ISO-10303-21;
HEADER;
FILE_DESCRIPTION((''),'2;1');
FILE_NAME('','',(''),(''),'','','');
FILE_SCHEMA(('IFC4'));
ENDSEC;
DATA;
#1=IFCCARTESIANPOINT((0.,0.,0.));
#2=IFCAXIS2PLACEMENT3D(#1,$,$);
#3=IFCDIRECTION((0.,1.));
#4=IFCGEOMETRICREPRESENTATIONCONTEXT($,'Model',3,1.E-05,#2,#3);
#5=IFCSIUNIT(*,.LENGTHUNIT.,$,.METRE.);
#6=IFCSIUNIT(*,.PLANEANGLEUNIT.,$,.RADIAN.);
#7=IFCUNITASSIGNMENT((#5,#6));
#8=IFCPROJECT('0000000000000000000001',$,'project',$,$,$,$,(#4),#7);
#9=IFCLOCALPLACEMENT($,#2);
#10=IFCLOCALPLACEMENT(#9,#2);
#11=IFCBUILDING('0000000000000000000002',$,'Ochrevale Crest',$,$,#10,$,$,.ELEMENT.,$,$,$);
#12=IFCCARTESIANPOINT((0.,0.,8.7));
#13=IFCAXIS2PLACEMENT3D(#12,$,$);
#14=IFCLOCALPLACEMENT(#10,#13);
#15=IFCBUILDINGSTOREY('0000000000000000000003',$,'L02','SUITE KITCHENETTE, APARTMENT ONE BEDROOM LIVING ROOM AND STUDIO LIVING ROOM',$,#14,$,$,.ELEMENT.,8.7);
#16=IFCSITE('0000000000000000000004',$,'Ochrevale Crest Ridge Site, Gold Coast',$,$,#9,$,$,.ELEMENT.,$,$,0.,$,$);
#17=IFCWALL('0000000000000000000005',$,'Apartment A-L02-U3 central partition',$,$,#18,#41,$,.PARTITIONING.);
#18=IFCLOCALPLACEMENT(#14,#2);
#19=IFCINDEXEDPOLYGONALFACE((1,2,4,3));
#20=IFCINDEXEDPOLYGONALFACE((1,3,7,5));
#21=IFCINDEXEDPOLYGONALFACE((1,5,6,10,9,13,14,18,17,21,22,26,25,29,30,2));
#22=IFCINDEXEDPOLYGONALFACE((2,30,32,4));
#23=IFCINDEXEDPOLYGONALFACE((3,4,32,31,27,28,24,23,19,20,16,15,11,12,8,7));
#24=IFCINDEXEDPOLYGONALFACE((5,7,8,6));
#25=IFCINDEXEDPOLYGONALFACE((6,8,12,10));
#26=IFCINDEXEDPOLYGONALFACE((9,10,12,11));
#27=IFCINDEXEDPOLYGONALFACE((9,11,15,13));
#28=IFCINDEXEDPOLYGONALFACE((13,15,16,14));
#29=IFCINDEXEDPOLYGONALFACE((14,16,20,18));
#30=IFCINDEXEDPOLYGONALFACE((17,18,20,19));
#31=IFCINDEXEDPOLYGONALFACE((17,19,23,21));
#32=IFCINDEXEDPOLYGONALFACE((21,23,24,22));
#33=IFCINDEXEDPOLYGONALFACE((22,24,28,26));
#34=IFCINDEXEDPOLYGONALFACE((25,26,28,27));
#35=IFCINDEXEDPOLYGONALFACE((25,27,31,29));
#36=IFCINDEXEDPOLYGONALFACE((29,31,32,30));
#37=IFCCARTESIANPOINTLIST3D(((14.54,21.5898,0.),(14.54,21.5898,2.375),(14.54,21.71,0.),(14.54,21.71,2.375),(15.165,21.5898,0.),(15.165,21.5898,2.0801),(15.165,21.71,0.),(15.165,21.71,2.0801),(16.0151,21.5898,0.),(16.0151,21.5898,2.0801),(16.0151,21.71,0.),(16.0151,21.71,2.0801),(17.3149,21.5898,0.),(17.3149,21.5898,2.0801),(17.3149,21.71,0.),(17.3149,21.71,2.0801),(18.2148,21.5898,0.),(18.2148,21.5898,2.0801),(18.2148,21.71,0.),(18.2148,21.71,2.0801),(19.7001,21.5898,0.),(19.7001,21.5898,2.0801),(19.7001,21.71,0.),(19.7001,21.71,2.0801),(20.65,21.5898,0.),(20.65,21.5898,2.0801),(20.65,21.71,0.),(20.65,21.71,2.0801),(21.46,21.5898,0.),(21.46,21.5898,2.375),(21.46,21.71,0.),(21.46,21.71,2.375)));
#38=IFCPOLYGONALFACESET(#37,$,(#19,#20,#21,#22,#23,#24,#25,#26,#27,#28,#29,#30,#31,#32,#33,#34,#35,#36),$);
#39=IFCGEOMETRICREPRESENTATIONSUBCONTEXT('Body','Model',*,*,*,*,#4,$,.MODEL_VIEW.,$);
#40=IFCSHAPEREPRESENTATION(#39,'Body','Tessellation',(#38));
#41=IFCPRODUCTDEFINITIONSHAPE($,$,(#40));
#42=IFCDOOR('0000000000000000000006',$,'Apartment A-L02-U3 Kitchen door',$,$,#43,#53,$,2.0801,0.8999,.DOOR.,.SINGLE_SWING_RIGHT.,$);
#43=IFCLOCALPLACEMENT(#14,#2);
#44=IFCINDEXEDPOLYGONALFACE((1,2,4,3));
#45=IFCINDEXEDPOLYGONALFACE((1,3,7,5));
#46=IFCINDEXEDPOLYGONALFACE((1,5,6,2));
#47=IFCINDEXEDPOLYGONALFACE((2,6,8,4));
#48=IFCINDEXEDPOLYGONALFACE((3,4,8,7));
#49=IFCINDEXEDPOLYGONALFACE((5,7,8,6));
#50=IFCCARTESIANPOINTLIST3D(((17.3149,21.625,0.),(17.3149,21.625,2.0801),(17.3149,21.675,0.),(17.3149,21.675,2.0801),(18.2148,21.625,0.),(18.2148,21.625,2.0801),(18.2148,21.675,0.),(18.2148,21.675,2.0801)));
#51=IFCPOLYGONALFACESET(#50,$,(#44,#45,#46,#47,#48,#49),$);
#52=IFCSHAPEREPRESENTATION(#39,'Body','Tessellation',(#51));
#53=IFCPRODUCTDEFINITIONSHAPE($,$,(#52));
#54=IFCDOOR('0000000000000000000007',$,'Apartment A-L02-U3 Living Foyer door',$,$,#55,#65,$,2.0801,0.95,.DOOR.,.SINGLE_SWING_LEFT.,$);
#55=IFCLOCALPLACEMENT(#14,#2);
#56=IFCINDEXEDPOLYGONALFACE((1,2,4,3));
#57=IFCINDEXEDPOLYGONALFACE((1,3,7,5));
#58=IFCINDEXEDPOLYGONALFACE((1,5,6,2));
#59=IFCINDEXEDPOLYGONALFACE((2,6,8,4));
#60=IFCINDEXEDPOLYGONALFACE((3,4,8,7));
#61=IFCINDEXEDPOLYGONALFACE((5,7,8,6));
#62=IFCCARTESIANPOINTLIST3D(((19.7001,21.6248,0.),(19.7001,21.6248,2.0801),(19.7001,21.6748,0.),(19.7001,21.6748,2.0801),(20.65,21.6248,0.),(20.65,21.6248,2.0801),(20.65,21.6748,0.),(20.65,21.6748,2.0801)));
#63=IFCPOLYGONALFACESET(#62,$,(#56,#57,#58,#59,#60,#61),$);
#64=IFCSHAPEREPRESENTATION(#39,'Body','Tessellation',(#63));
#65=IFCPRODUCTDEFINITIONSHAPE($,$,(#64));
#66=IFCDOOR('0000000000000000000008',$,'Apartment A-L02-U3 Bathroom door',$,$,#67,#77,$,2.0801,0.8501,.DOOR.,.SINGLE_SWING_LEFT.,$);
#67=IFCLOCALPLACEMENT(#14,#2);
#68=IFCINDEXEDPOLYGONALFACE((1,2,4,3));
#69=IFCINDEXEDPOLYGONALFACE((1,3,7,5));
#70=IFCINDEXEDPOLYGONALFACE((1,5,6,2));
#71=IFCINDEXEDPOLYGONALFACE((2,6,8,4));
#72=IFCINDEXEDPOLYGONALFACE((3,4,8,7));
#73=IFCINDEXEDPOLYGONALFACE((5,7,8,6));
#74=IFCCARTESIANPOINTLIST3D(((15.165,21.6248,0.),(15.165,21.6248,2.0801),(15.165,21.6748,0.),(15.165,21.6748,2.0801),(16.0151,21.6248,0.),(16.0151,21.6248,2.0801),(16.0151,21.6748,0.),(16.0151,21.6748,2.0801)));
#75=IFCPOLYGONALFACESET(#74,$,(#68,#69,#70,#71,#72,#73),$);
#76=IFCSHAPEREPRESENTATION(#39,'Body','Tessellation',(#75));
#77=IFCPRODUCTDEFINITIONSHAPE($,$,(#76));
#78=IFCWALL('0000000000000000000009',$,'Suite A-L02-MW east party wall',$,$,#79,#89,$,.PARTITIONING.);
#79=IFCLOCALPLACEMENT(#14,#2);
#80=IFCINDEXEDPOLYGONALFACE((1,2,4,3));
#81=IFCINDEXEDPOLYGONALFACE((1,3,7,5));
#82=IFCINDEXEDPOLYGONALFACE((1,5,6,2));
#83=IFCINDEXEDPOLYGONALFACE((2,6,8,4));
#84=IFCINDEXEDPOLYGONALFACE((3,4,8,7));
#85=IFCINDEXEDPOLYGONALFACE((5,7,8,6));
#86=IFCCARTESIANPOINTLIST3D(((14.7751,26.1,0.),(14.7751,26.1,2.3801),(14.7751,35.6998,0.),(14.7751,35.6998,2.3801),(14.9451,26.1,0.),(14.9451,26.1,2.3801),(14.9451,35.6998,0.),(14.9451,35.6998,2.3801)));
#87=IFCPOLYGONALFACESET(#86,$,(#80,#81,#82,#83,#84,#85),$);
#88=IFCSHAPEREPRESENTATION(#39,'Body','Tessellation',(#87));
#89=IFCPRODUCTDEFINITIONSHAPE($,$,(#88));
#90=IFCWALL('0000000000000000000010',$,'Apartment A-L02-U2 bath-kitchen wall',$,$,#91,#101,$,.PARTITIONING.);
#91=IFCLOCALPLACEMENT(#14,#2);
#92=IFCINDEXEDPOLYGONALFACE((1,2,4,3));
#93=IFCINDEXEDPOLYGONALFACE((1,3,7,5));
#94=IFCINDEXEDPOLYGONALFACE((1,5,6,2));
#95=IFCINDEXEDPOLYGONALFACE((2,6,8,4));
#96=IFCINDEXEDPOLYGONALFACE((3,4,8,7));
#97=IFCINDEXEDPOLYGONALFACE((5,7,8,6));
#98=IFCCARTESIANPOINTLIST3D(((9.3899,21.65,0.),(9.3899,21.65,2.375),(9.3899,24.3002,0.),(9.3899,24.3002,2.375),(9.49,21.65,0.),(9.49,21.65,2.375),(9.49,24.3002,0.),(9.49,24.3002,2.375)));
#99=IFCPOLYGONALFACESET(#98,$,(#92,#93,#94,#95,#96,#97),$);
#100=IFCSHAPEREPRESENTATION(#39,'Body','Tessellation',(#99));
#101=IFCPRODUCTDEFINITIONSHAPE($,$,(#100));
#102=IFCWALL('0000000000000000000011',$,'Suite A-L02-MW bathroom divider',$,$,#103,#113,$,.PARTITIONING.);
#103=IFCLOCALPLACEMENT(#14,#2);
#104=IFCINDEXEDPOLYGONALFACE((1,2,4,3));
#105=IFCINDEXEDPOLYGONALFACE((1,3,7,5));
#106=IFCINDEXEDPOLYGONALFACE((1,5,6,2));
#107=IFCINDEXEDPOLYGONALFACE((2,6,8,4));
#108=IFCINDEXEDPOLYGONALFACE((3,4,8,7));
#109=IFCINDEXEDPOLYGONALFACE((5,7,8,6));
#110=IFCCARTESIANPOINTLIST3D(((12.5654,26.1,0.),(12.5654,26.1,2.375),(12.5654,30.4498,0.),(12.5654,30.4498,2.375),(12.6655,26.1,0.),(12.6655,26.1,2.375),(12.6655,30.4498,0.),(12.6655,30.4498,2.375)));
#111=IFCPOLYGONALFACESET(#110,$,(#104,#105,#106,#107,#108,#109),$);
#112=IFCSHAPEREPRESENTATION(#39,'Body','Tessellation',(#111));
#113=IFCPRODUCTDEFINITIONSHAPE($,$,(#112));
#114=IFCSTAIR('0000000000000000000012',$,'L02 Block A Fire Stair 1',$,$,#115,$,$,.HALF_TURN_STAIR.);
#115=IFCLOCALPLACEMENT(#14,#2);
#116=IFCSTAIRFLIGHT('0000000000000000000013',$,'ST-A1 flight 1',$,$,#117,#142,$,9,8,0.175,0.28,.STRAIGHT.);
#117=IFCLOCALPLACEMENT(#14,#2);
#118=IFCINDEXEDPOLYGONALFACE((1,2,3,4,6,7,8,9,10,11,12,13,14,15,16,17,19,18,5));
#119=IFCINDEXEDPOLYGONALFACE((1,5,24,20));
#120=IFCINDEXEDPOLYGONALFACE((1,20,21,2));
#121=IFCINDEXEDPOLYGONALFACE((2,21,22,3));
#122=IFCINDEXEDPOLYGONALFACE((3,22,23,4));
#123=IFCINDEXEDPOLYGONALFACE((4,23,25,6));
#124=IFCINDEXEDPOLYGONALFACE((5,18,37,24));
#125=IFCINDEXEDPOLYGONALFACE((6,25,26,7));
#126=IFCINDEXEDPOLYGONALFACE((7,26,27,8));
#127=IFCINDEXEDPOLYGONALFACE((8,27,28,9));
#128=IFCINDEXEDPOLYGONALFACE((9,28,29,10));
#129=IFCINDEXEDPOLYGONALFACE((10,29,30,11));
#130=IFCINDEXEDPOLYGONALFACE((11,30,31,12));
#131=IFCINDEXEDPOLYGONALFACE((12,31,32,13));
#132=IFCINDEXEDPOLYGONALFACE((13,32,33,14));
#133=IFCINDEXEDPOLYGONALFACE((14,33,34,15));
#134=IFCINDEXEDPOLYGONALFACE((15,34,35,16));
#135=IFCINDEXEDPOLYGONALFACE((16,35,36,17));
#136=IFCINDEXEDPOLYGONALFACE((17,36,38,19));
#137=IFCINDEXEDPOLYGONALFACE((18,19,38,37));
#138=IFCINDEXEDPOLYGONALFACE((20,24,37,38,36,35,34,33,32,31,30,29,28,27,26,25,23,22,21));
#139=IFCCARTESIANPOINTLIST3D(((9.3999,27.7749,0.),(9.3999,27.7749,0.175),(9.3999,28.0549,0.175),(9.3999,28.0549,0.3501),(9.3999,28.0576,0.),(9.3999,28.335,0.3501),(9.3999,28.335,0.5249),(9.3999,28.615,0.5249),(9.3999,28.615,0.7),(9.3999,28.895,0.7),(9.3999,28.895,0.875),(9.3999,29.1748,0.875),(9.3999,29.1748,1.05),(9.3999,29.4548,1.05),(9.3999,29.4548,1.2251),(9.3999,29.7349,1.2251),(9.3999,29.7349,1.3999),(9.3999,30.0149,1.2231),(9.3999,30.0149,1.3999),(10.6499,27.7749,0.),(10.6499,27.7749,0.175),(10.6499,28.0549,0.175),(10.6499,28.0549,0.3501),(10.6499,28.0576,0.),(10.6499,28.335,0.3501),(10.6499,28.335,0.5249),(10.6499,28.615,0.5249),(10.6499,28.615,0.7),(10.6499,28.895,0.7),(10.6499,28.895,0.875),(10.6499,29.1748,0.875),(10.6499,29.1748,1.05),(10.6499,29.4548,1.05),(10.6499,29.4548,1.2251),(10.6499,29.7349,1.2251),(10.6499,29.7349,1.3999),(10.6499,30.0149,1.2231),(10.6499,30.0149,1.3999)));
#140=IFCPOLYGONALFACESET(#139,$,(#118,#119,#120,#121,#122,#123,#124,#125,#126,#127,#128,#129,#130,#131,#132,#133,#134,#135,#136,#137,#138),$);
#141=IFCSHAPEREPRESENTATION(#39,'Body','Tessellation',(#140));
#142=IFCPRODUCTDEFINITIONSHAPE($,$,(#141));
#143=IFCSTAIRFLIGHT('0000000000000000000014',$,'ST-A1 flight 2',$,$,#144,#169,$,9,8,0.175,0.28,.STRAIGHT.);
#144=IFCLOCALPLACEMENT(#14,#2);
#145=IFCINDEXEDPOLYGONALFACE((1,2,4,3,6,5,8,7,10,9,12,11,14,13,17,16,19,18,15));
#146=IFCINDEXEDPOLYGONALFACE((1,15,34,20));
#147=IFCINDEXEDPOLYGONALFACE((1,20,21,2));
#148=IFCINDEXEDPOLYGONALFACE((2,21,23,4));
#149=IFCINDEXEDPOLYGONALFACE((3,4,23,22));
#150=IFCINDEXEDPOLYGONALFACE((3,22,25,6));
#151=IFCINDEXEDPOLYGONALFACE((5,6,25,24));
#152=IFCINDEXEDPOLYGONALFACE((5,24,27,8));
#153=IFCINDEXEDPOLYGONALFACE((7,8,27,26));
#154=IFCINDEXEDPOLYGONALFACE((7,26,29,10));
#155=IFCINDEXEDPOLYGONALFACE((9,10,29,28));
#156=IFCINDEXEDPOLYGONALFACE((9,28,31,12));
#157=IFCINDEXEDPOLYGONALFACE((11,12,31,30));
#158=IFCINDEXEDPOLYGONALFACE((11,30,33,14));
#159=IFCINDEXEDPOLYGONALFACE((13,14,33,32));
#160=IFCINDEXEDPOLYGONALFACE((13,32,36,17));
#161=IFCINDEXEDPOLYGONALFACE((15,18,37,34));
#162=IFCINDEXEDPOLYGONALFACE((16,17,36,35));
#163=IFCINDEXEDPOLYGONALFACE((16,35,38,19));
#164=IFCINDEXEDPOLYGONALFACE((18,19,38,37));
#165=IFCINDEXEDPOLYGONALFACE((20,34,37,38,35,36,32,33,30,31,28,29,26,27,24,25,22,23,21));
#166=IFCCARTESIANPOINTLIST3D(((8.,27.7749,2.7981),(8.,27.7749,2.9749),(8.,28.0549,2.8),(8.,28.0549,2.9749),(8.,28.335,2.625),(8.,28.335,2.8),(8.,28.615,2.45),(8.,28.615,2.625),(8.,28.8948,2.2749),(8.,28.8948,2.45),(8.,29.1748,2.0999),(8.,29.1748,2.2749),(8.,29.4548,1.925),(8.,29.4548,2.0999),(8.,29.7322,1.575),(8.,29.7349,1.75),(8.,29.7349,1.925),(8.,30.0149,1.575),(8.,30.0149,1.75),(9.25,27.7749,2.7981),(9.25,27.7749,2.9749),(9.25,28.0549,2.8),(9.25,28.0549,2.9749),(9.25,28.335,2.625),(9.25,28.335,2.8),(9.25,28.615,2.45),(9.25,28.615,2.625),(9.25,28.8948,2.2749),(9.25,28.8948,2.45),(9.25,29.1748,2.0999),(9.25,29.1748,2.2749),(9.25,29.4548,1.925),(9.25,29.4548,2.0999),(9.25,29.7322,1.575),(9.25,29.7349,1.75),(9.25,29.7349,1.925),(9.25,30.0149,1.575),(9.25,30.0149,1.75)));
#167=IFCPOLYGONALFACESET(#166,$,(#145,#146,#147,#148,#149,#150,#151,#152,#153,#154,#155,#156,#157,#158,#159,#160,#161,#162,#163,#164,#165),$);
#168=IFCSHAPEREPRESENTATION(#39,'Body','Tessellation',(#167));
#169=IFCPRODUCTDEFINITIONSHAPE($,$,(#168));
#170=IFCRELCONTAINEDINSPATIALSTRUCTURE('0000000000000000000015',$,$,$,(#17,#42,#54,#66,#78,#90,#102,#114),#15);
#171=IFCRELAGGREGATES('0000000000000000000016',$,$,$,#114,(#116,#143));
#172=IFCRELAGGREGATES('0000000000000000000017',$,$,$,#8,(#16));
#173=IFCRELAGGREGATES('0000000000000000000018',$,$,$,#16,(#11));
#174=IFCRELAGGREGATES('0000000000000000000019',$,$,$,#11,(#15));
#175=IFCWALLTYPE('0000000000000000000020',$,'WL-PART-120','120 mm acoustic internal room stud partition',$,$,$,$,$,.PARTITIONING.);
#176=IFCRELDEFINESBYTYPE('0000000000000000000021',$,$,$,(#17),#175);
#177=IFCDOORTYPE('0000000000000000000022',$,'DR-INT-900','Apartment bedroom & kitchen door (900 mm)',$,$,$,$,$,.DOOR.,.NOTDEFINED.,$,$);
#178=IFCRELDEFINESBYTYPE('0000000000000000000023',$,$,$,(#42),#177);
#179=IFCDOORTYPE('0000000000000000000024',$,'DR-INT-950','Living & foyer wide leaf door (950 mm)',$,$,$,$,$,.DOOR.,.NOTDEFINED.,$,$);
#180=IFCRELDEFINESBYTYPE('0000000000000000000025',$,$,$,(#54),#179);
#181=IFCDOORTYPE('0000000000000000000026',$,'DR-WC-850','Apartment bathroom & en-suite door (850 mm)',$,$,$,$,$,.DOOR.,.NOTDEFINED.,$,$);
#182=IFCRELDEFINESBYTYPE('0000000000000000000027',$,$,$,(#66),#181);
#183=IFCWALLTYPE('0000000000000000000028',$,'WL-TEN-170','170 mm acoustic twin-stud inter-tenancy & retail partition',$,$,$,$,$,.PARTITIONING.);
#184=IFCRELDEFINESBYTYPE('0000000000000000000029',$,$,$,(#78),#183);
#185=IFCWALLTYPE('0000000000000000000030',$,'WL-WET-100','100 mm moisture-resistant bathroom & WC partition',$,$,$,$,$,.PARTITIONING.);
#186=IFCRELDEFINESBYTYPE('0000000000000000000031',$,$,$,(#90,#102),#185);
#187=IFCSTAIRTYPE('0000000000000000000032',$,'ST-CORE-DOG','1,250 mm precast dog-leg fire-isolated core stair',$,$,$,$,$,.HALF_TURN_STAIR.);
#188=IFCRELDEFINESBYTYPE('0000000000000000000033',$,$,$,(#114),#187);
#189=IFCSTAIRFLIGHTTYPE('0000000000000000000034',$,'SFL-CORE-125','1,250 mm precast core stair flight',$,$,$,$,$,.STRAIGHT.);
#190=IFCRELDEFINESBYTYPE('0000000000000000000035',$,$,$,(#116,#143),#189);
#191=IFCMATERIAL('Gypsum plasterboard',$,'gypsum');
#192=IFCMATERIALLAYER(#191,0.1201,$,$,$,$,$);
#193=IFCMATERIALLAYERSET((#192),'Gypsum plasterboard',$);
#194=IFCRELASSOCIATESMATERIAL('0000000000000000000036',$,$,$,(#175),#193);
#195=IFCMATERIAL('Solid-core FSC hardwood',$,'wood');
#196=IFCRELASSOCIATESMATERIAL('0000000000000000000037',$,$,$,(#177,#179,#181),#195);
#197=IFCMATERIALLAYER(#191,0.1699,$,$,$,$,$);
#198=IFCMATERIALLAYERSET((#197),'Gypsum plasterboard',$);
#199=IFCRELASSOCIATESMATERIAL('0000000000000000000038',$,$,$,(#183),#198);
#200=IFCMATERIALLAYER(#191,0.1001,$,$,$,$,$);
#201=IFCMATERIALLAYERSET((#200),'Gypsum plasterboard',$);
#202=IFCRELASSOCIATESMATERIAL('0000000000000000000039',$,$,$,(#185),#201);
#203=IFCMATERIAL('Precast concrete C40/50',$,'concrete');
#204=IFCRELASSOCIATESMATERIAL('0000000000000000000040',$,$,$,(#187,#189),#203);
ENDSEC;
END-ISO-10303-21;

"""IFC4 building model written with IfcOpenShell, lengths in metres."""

from ifc_helpers import new_model, si_unit, direction, frame, frame_2d, origin, place, context, subcontext, project, spatial, polyline, rectangle, outline, extrude, material, layer, layer_set, type_object, element, fill, aggregate, save


model = new_model("IFC4")

# Units and contexts
model_context = context("Model", 3, precision=1e-05, world=origin(), true_north=direction((0.0, 1.0)))
body_context = subcontext(model_context, "Body", "Model", "MODEL_VIEW")
ifc_project = project(units=[si_unit("LENGTHUNIT", "METRE"), si_unit("PLANEANGLEUNIT", "RADIAN")], contexts=[model_context])

# Site, building, storey
site_placement = place(None, origin())
site = spatial("IfcSite", under=ifc_project, at=site_placement, Name="Ochrevale Crest Ridge Site, Gold Coast", CompositionType="ELEMENT", RefElevation=0.0)
building_placement = place(site_placement, origin())
building = spatial("IfcBuilding", under=site, at=building_placement, Name="Ochrevale Crest", CompositionType="ELEMENT")
storey_placement = place(building_placement, frame((0.0, 0.0, 8.7)))
storey = spatial("IfcBuildingStorey", under=building, at=storey_placement, Name="L02", Description="SUITE KITCHENETTE, APARTMENT ONE BEDROOM LIVING ROOM AND STUDIO LIVING ROOM", CompositionType="ELEMENT", Elevation=8.7)

# Shared definitions
ifc_material_1 = material(Name="Gypsum plasterboard", Category="gypsum")
ifc_material_2 = material(Name="Solid-core FSC hardwood", Category="wood")

# Shared definitions
ifc_layer_1 = layer(ifc_material_1, 0.1201)
ifc_layer_set_1 = layer_set([ifc_layer_1], Name="Gypsum plasterboard")
wall_type_1 = type_object("IfcWallType", Name="WL-PART-120", Description="120 mm acoustic internal room stud partition", PredefinedType="PARTITIONING", material=ifc_layer_set_1)

# Wall, openings, doors
wall_1_placement = place(storey_placement, frame((14.54, 21.6499, 0.0), z_axis=(0.0, 0.0, 1.0), x_axis=(1.0, 0.0, 0.0)))
wall_1 = element("IfcWall", 1, at=wall_1_placement, inside=storey, type_object=wall_type_1, Name="Apartment A-L02-U3 central partition", PredefinedType="PARTITIONING", context=body_context, shape_type="SweptSolid", body=[
    extrude(rectangle(XDim=6.9199, YDim=0.1201, at=frame_2d((3.46, 0.0))), origin(), (0.0, 0.0, 1.0), 2.375),
])
opening_1_placement = place(wall_1_placement, frame((0.625, 0.0, 0.0)))
opening_1 = element("IfcOpeningElement", 2, at=opening_1_placement, cuts=wall_1, PredefinedType="OPENING", context=body_context, shape_type="SweptSolid", body=[
    extrude(rectangle(XDim=0.8501, YDim=2.0801, at=frame_2d((0.425, 1.04))), frame((0.0, 0.0701, 0.0), z_axis=(0.0, -1.0, 0.0), x_axis=(1.0, 0.0, 0.0)), (0.0, 0.0, 1.0), 0.1401),
])
opening_2_placement = place(wall_1_placement, frame((3.6748, 0.0, 0.0), z_axis=(0.0, 0.0, 1.0), x_axis=(-1.0, 0.0, 0.0)))
opening_2 = element("IfcOpeningElement", 3, at=opening_2_placement, cuts=wall_1, PredefinedType="OPENING", context=body_context, shape_type="SweptSolid", body=[
    extrude(rectangle(XDim=0.8999, YDim=2.0801, at=frame_2d((0.45, 1.04))), frame((0.0, 0.0701, 0.0), z_axis=(0.0, -1.0, 0.0), x_axis=(1.0, 0.0, 0.0)), (0.0, 0.0, 1.0), 0.1401),
])
opening_3_placement = place(wall_1_placement, frame((5.1599, 0.0, 0.0)))
opening_3 = element("IfcOpeningElement", 4, at=opening_3_placement, cuts=wall_1, PredefinedType="OPENING", context=body_context, shape_type="SweptSolid", body=[
    extrude(rectangle(XDim=0.95, YDim=2.0801, at=frame_2d((0.4751, 1.04))), frame((0.0, 0.0701, 0.0), z_axis=(0.0, -1.0, 0.0), x_axis=(1.0, 0.0, 0.0)), (0.0, 0.0, 1.0), 0.1401),
])
door_type_1 = type_object("IfcDoorType", Name="DR-INT-900", Description="Apartment bedroom & kitchen door (900 mm)", OperationType="NOTDEFINED", PredefinedType="DOOR", material=ifc_material_2)
door_1_placement = place(opening_2_placement, origin())
door_1 = element("IfcDoor", 5, at=door_1_placement, inside=storey, type_object=door_type_1, Name="Apartment A-L02-U3 Kitchen door", OperationType="SINGLE_SWING_RIGHT", OverallHeight=2.0801, OverallWidth=0.8999, PredefinedType="DOOR", context=body_context, shape_type="SweptSolid", body=[
    extrude(rectangle(XDim=0.8999, YDim=2.0801, at=frame_2d((0.45, 1.04))), frame((0.0, 0.0249, 0.0), z_axis=(0.0, -1.0, 0.0), x_axis=(1.0, 0.0, 0.0)), (0.0, 0.0, 1.0), 0.05),
])
fill(opening_2, door_1)
door_type_2 = type_object("IfcDoorType", Name="DR-INT-950", Description="Living & foyer wide leaf door (950 mm)", OperationType="NOTDEFINED", PredefinedType="DOOR", material=ifc_material_2)
door_2_placement = place(opening_3_placement, origin())
door_2 = element("IfcDoor", 6, at=door_2_placement, inside=storey, type_object=door_type_2, Name="Apartment A-L02-U3 Living Foyer door", OperationType="SINGLE_SWING_LEFT", OverallHeight=2.0801, OverallWidth=0.95, PredefinedType="DOOR", context=body_context, shape_type="SweptSolid", body=[
    extrude(rectangle(XDim=0.95, YDim=2.0801, at=frame_2d((0.4751, 1.04))), frame((0.0, 0.0249, 0.0), z_axis=(0.0, -1.0, 0.0), x_axis=(1.0, 0.0, 0.0)), (0.0, 0.0, 1.0), 0.05),
])
fill(opening_3, door_2)
door_type_3 = type_object("IfcDoorType", Name="DR-WC-850", Description="Apartment bathroom & en-suite door (850 mm)", OperationType="NOTDEFINED", PredefinedType="DOOR", material=ifc_material_2)
door_3_placement = place(opening_1_placement, origin())
door_3 = element("IfcDoor", 7, at=door_3_placement, inside=storey, type_object=door_type_3, Name="Apartment A-L02-U3 Bathroom door", OperationType="SINGLE_SWING_LEFT", OverallHeight=2.0801, OverallWidth=0.8501, PredefinedType="DOOR", context=body_context, shape_type="SweptSolid", body=[
    extrude(rectangle(XDim=0.8501, YDim=2.0801, at=frame_2d((0.425, 1.04))), frame((0.0, 0.0249, 0.0), z_axis=(0.0, -1.0, 0.0), x_axis=(1.0, 0.0, 0.0)), (0.0, 0.0, 1.0), 0.05),
])
fill(opening_1, door_3)

# Walls
ifc_layer_2 = layer(ifc_material_1, 0.1699)
ifc_layer_set_2 = layer_set([ifc_layer_2], Name="Gypsum plasterboard")
wall_type_2 = type_object("IfcWallType", Name="WL-TEN-170", Description="170 mm acoustic twin-stud inter-tenancy & retail partition", PredefinedType="PARTITIONING", material=ifc_layer_set_2)
wall_2_placement = place(storey_placement, frame((14.8601, 26.1001, 0.0), z_axis=(0.0, 0.0, 1.0), x_axis=(0.0, 1.0, 0.0)))
element("IfcWall", 8, at=wall_2_placement, inside=storey, type_object=wall_type_2, Name="Suite A-L02-MW east party wall", PredefinedType="PARTITIONING", context=body_context, shape_type="SweptSolid", body=[
    extrude(rectangle(XDim=9.5999, YDim=0.1699, at=frame_2d((4.7998, 0.0))), origin(), (0.0, 0.0, 1.0), 2.3801),
])
ifc_layer_3 = layer(ifc_material_1, 0.1001)
ifc_layer_set_3 = layer_set([ifc_layer_3], Name="Gypsum plasterboard")
wall_type_3 = type_object("IfcWallType", Name="WL-WET-100", Description="100 mm moisture-resistant bathroom & WC partition", PredefinedType="PARTITIONING", material=ifc_layer_set_3)
wall_3_placement = place(storey_placement, frame((9.4399, 21.6499, 0.0), z_axis=(0.0, 0.0, 1.0), x_axis=(0.0, 1.0, 0.0)))
element("IfcWall", 9, at=wall_3_placement, inside=storey, type_object=wall_type_3, Name="Apartment A-L02-U2 bath-kitchen wall", PredefinedType="PARTITIONING", context=body_context, shape_type="SweptSolid", body=[
    extrude(rectangle(XDim=2.6501, YDim=0.1001, at=frame_2d((1.3252, 0.0))), origin(), (0.0, 0.0, 1.0), 2.375),
])
wall_4_placement = place(storey_placement, frame((12.6155, 26.1001, 0.0), z_axis=(0.0, 0.0, 1.0), x_axis=(0.0, 1.0, 0.0)))
element("IfcWall", 10, at=wall_4_placement, inside=storey, type_object=wall_type_3, Name="Suite A-L02-MW bathroom divider", PredefinedType="PARTITIONING", context=body_context, shape_type="SweptSolid", body=[
    extrude(rectangle(XDim=4.3499, YDim=0.1001, at=frame_2d((2.1748, 0.0))), origin(), (0.0, 0.0, 1.0), 2.375),
])

# Stair, stair flights
ifc_material_3 = material(Name="Precast concrete C40/50", Category="concrete")
stair_type = type_object("IfcStairType", Name="ST-CORE-DOG", Description="1,250 mm precast dog-leg fire-isolated core stair", PredefinedType="HALF_TURN_STAIR", material=ifc_material_3)
stair_placement = place(storey_placement, origin())
stair = element("IfcStair", 11, at=stair_placement, inside=storey, type_object=stair_type, Name="L02 Block A Fire Stair 1", PredefinedType="HALF_TURN_STAIR")
stair_flight_type = type_object("IfcStairFlightType", Name="SFL-CORE-125", Description="1,250 mm precast core stair flight", PredefinedType="STRAIGHT", material=ifc_material_3)
stair_flight_1_placement = place(storey_placement, frame((10.0249, 27.7749, 0.0), z_axis=(0.0, 0.0, 1.0), x_axis=(0.0, 1.0, 0.0)))
stair_flight_1 = element("IfcStairFlight", 12, at=stair_flight_1_placement, type_object=stair_flight_type, Name="ST-A1 flight 1", NumberOfRisers=9, NumberOfTreads=8, PredefinedType="STRAIGHT", RiserHeight=0.175, TreadLength=0.28, context=body_context, shape_type="SweptSolid", body=[
    extrude(outline(polyline([(0.0, 0.0), (0.0, 0.175), (0.28, 0.175), (0.28, 0.3501), (0.5601, 0.3501), (0.5601, 0.5249), (0.8401, 0.5249), (0.8401, 0.7), (1.1201, 0.7), (1.1201, 0.875), (1.3999, 0.875), (1.3999, 1.05), (1.6799, 1.05), (1.6799, 1.2251), (1.96, 1.2251), (1.96, 1.3999), (2.24, 1.3999), (2.24, 1.575), (2.24, 1.2231), (0.2827, 0.0), (0.0, 0.0)])), frame((0.0, 0.625, 0.0), z_axis=(0.0, -1.0, 0.0), x_axis=(1.0, 0.0, 0.0)), (0.0, 0.0, 1.0), 1.25),
])
stair_flight_2_placement = place(storey_placement, frame((8.625, 30.0149, 1.575), z_axis=(0.0, 0.0, 1.0), x_axis=(0.0, -1.0, 0.0)))
stair_flight_2 = element("IfcStairFlight", 13, at=stair_flight_2_placement, type_object=stair_flight_type, Name="ST-A1 flight 2", NumberOfRisers=9, NumberOfTreads=8, PredefinedType="STRAIGHT", RiserHeight=0.175, TreadLength=0.28, context=body_context, shape_type="SweptSolid", body=[
    extrude(outline(polyline([(0.0, 0.0), (0.0, 0.175), (0.28, 0.175), (0.28, 0.3501), (0.5601, 0.3501), (0.5601, 0.5249), (0.8401, 0.5249), (0.8401, 0.7), (1.1201, 0.7), (1.1201, 0.875), (1.3999, 0.875), (1.3999, 1.05), (1.6799, 1.05), (1.6799, 1.2251), (1.96, 1.2251), (1.96, 1.3999), (2.24, 1.3999), (2.24, 1.575), (2.24, 1.2231), (0.2827, 0.0), (0.0, 0.0)])), frame((0.0, 0.625, 0.0), z_axis=(0.0, -1.0, 0.0), x_axis=(1.0, 0.0, 0.0)), (0.0, 0.0, 1.0), 1.25),
])
aggregate(stair, [stair_flight_1, stair_flight_2])

save(model, "model.ifc")
